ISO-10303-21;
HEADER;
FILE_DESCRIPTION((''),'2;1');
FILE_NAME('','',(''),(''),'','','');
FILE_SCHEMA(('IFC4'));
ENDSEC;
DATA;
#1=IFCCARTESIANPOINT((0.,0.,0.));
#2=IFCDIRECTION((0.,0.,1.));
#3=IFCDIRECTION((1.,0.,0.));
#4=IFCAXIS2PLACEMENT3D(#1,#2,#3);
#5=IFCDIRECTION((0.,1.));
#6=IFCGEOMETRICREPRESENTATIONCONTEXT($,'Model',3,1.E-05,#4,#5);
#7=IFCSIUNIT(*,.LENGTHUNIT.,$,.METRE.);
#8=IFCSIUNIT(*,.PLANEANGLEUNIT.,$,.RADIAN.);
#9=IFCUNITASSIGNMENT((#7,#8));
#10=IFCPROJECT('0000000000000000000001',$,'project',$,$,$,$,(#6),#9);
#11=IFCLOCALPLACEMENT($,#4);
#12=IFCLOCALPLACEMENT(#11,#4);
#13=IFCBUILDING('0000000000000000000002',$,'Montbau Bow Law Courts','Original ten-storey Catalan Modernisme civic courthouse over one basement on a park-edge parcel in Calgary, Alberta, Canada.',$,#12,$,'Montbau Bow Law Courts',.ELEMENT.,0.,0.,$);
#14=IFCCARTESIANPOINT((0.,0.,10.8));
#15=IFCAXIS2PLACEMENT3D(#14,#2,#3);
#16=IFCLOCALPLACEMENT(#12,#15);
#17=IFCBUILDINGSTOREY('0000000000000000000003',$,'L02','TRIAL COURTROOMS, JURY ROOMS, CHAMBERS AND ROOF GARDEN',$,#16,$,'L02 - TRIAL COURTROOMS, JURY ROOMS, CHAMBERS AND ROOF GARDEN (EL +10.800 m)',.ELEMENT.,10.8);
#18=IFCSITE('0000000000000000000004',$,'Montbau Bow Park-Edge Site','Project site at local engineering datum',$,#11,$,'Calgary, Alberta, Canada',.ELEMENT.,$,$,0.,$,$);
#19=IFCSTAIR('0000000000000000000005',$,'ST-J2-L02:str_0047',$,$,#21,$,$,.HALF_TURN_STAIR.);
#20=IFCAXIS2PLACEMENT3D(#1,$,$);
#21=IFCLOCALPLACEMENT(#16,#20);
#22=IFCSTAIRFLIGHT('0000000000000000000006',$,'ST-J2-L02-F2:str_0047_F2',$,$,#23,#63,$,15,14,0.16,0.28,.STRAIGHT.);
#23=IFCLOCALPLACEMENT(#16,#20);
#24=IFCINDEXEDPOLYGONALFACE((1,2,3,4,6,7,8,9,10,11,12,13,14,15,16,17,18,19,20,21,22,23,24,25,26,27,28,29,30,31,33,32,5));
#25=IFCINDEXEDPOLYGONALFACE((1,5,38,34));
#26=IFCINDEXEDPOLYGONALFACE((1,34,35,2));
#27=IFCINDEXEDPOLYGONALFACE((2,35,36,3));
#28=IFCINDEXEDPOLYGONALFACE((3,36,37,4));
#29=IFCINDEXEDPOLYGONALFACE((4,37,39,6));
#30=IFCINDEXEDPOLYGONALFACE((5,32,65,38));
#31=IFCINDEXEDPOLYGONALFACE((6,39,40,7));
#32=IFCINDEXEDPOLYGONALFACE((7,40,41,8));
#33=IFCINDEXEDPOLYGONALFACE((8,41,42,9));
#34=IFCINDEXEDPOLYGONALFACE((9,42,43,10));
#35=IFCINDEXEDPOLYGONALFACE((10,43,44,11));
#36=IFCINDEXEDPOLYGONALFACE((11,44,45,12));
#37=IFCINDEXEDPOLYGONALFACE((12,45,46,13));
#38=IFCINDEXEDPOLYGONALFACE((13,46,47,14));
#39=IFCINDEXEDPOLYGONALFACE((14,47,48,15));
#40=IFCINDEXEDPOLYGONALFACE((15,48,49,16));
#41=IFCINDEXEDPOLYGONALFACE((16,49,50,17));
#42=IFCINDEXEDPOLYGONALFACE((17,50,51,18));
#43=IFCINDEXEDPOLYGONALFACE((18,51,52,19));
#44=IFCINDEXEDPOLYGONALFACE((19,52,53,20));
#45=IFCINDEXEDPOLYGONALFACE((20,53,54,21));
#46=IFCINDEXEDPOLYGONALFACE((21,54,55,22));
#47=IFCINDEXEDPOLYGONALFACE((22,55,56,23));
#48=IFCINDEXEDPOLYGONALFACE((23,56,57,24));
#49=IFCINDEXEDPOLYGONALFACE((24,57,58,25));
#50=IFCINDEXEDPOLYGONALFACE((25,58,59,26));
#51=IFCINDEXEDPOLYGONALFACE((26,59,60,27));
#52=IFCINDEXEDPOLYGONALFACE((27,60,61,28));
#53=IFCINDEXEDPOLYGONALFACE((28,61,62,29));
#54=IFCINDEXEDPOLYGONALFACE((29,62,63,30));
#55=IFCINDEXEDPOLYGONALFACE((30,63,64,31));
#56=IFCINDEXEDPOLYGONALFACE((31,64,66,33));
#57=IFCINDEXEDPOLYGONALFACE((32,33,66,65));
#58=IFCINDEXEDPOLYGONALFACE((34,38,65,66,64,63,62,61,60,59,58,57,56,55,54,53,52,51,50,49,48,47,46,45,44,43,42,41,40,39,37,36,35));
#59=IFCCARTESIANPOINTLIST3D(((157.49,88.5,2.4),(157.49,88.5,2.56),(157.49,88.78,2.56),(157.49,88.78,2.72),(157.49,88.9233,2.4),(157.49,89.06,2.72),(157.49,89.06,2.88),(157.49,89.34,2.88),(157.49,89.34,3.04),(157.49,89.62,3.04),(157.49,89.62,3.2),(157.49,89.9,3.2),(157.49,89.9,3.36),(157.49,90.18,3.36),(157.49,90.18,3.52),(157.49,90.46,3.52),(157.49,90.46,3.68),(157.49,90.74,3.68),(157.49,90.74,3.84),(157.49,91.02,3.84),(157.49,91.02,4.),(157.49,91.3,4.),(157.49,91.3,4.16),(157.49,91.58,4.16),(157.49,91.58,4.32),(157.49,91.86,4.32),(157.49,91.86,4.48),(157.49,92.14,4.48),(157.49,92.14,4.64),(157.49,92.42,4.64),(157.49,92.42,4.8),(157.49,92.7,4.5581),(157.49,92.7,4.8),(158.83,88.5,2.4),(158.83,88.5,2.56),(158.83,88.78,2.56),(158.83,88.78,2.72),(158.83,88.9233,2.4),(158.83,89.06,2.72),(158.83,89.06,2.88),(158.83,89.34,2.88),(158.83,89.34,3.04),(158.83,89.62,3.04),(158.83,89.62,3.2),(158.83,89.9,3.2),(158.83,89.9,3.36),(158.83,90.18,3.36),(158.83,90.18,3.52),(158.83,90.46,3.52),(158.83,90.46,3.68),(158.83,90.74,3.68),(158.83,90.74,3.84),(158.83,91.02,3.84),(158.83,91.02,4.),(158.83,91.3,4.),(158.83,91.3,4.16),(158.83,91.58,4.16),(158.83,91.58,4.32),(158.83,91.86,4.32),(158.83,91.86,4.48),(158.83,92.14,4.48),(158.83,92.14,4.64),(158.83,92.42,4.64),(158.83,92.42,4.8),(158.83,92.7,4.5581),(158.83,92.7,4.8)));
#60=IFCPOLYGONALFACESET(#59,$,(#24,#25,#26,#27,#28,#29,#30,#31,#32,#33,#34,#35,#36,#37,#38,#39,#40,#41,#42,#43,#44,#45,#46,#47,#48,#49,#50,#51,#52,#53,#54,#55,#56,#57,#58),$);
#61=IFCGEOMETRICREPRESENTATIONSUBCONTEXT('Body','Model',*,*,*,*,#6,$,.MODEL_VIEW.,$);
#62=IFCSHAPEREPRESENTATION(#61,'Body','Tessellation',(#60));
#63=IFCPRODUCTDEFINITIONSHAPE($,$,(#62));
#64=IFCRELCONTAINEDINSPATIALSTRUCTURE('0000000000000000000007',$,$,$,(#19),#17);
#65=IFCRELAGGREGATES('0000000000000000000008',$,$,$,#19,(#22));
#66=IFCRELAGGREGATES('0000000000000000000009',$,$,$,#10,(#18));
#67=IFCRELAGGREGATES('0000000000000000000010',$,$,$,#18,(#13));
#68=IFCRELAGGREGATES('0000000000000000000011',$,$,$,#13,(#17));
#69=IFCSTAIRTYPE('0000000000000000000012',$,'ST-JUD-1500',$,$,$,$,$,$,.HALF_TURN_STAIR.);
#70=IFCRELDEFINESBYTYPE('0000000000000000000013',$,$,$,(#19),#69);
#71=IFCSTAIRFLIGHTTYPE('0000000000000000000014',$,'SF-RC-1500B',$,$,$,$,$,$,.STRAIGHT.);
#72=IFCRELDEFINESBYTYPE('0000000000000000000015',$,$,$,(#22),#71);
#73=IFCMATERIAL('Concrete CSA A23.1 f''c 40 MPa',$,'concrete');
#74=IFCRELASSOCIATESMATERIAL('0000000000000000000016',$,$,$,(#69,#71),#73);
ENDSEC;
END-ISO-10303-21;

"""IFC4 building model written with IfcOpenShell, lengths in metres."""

from ifc_helpers import new_model, si_unit, direction, frame, origin_with_axes, place, context, subcontext, project, spatial, polyline, outline, extrude, material, type_object, element, aggregate, save


model = new_model("IFC4")

# Units and contexts
model_context = context("Model", 3, precision=1e-05, world=origin_with_axes(), true_north=direction((0.0, 1.0)))
body_context = subcontext(model_context, "Body", "Model", "MODEL_VIEW")
ifc_project = project(units=[si_unit("LENGTHUNIT", "METRE"), si_unit("PLANEANGLEUNIT", "RADIAN")], contexts=[model_context])

# Site, building, storey
site_placement = place(None, origin_with_axes())
site = spatial("IfcSite", under=ifc_project, at=site_placement, Name="Montbau Bow Park-Edge Site", Description="Project site at local engineering datum", LongName="Calgary, Alberta, Canada", CompositionType="ELEMENT", RefElevation=0.0)
building_placement = place(site_placement, origin_with_axes())
building = spatial("IfcBuilding", under=site, at=building_placement, Name="Montbau Bow Law Courts", Description="Original ten-storey Catalan Modernisme civic courthouse over one basement on a park-edge parcel in Calgary, Alberta, Canada.", LongName="Montbau Bow Law Courts", CompositionType="ELEMENT", ElevationOfRefHeight=0.0, ElevationOfTerrain=0.0)
storey_placement = place(building_placement, frame((0.0, 0.0, 10.8), z_axis=(0.0, 0.0, 1.0), x_axis=(1.0, 0.0, 0.0)))
storey = spatial("IfcBuildingStorey", under=building, at=storey_placement, Name="L02", Description="TRIAL COURTROOMS, JURY ROOMS, CHAMBERS AND ROOF GARDEN", LongName="L02 - TRIAL COURTROOMS, JURY ROOMS, CHAMBERS AND ROOF GARDEN (EL +10.800 m)", CompositionType="ELEMENT", Elevation=10.8)

# Stair, stair flight
ifc_material_1 = material(Name="Concrete CSA A23.1 f'c 40 MPa", Category="concrete")
stair_type = type_object("IfcStairType", Name="ST-JUD-1500", PredefinedType="HALF_TURN_STAIR", material=ifc_material_1)
stair_placement = place(None, frame((156.29, 92.7, 10.8), z_axis=(0.0, 0.0, 1.0), x_axis=(1.0, 0.0, 0.0)))
stair = element("IfcStair", 1, at=stair_placement, inside=storey, type_object=stair_type, Name="ST-J2-L02:str_0047", PredefinedType="HALF_TURN_STAIR")
stair_flight_type = type_object("IfcStairFlightType", Name="SF-RC-1500B", PredefinedType="STRAIGHT", material=ifc_material_1)
stair_flight_1_placement = place(None, frame((158.16, 88.5, 13.2), z_axis=(0.0, 0.0, 1.0), x_axis=(0.0, 1.0, 0.0)))
stair_flight_1 = element("IfcStairFlight", 2, at=stair_flight_1_placement, type_object=stair_flight_type, Name="ST-J2-L02-F2:str_0047_F2", NumberOfRisers=15, NumberOfTreads=14, PredefinedType="STRAIGHT", RiserHeight=0.16, TreadLength=0.28, context=body_context, shape_type="SweptSolid", body=[
    extrude(outline(polyline([(0.0, 0.0), (0.0, 0.16), (0.28, 0.16), (0.28, 0.32), (0.56, 0.32), (0.56, 0.48), (0.84, 0.48), (0.84, 0.64), (1.12, 0.64), (1.12, 0.8), (1.4, 0.8), (1.4, 0.96), (1.68, 0.96), (1.68, 1.12), (1.96, 1.12), (1.96, 1.28), (2.24, 1.28), (2.24, 1.44), (2.52, 1.44), (2.52, 1.6), (2.8, 1.6), (2.8, 1.76), (3.08, 1.76), (3.08, 1.92), (3.36, 1.92), (3.36, 2.08), (3.64, 2.08), (3.64, 2.24), (3.92, 2.24), (3.92, 2.4), (4.2, 2.4), (4.2, 2.1581), (0.4233, 0.0), (0.0, 0.0)])), frame((0.0, 0.67, 0.0), z_axis=(0.0, -1.0, 0.0), x_axis=(1.0, 0.0, 0.0)), (0.0, 0.0, 1.0), 1.34),
])
aggregate(stair, [stair_flight_1])

save(model, "model.ifc")
